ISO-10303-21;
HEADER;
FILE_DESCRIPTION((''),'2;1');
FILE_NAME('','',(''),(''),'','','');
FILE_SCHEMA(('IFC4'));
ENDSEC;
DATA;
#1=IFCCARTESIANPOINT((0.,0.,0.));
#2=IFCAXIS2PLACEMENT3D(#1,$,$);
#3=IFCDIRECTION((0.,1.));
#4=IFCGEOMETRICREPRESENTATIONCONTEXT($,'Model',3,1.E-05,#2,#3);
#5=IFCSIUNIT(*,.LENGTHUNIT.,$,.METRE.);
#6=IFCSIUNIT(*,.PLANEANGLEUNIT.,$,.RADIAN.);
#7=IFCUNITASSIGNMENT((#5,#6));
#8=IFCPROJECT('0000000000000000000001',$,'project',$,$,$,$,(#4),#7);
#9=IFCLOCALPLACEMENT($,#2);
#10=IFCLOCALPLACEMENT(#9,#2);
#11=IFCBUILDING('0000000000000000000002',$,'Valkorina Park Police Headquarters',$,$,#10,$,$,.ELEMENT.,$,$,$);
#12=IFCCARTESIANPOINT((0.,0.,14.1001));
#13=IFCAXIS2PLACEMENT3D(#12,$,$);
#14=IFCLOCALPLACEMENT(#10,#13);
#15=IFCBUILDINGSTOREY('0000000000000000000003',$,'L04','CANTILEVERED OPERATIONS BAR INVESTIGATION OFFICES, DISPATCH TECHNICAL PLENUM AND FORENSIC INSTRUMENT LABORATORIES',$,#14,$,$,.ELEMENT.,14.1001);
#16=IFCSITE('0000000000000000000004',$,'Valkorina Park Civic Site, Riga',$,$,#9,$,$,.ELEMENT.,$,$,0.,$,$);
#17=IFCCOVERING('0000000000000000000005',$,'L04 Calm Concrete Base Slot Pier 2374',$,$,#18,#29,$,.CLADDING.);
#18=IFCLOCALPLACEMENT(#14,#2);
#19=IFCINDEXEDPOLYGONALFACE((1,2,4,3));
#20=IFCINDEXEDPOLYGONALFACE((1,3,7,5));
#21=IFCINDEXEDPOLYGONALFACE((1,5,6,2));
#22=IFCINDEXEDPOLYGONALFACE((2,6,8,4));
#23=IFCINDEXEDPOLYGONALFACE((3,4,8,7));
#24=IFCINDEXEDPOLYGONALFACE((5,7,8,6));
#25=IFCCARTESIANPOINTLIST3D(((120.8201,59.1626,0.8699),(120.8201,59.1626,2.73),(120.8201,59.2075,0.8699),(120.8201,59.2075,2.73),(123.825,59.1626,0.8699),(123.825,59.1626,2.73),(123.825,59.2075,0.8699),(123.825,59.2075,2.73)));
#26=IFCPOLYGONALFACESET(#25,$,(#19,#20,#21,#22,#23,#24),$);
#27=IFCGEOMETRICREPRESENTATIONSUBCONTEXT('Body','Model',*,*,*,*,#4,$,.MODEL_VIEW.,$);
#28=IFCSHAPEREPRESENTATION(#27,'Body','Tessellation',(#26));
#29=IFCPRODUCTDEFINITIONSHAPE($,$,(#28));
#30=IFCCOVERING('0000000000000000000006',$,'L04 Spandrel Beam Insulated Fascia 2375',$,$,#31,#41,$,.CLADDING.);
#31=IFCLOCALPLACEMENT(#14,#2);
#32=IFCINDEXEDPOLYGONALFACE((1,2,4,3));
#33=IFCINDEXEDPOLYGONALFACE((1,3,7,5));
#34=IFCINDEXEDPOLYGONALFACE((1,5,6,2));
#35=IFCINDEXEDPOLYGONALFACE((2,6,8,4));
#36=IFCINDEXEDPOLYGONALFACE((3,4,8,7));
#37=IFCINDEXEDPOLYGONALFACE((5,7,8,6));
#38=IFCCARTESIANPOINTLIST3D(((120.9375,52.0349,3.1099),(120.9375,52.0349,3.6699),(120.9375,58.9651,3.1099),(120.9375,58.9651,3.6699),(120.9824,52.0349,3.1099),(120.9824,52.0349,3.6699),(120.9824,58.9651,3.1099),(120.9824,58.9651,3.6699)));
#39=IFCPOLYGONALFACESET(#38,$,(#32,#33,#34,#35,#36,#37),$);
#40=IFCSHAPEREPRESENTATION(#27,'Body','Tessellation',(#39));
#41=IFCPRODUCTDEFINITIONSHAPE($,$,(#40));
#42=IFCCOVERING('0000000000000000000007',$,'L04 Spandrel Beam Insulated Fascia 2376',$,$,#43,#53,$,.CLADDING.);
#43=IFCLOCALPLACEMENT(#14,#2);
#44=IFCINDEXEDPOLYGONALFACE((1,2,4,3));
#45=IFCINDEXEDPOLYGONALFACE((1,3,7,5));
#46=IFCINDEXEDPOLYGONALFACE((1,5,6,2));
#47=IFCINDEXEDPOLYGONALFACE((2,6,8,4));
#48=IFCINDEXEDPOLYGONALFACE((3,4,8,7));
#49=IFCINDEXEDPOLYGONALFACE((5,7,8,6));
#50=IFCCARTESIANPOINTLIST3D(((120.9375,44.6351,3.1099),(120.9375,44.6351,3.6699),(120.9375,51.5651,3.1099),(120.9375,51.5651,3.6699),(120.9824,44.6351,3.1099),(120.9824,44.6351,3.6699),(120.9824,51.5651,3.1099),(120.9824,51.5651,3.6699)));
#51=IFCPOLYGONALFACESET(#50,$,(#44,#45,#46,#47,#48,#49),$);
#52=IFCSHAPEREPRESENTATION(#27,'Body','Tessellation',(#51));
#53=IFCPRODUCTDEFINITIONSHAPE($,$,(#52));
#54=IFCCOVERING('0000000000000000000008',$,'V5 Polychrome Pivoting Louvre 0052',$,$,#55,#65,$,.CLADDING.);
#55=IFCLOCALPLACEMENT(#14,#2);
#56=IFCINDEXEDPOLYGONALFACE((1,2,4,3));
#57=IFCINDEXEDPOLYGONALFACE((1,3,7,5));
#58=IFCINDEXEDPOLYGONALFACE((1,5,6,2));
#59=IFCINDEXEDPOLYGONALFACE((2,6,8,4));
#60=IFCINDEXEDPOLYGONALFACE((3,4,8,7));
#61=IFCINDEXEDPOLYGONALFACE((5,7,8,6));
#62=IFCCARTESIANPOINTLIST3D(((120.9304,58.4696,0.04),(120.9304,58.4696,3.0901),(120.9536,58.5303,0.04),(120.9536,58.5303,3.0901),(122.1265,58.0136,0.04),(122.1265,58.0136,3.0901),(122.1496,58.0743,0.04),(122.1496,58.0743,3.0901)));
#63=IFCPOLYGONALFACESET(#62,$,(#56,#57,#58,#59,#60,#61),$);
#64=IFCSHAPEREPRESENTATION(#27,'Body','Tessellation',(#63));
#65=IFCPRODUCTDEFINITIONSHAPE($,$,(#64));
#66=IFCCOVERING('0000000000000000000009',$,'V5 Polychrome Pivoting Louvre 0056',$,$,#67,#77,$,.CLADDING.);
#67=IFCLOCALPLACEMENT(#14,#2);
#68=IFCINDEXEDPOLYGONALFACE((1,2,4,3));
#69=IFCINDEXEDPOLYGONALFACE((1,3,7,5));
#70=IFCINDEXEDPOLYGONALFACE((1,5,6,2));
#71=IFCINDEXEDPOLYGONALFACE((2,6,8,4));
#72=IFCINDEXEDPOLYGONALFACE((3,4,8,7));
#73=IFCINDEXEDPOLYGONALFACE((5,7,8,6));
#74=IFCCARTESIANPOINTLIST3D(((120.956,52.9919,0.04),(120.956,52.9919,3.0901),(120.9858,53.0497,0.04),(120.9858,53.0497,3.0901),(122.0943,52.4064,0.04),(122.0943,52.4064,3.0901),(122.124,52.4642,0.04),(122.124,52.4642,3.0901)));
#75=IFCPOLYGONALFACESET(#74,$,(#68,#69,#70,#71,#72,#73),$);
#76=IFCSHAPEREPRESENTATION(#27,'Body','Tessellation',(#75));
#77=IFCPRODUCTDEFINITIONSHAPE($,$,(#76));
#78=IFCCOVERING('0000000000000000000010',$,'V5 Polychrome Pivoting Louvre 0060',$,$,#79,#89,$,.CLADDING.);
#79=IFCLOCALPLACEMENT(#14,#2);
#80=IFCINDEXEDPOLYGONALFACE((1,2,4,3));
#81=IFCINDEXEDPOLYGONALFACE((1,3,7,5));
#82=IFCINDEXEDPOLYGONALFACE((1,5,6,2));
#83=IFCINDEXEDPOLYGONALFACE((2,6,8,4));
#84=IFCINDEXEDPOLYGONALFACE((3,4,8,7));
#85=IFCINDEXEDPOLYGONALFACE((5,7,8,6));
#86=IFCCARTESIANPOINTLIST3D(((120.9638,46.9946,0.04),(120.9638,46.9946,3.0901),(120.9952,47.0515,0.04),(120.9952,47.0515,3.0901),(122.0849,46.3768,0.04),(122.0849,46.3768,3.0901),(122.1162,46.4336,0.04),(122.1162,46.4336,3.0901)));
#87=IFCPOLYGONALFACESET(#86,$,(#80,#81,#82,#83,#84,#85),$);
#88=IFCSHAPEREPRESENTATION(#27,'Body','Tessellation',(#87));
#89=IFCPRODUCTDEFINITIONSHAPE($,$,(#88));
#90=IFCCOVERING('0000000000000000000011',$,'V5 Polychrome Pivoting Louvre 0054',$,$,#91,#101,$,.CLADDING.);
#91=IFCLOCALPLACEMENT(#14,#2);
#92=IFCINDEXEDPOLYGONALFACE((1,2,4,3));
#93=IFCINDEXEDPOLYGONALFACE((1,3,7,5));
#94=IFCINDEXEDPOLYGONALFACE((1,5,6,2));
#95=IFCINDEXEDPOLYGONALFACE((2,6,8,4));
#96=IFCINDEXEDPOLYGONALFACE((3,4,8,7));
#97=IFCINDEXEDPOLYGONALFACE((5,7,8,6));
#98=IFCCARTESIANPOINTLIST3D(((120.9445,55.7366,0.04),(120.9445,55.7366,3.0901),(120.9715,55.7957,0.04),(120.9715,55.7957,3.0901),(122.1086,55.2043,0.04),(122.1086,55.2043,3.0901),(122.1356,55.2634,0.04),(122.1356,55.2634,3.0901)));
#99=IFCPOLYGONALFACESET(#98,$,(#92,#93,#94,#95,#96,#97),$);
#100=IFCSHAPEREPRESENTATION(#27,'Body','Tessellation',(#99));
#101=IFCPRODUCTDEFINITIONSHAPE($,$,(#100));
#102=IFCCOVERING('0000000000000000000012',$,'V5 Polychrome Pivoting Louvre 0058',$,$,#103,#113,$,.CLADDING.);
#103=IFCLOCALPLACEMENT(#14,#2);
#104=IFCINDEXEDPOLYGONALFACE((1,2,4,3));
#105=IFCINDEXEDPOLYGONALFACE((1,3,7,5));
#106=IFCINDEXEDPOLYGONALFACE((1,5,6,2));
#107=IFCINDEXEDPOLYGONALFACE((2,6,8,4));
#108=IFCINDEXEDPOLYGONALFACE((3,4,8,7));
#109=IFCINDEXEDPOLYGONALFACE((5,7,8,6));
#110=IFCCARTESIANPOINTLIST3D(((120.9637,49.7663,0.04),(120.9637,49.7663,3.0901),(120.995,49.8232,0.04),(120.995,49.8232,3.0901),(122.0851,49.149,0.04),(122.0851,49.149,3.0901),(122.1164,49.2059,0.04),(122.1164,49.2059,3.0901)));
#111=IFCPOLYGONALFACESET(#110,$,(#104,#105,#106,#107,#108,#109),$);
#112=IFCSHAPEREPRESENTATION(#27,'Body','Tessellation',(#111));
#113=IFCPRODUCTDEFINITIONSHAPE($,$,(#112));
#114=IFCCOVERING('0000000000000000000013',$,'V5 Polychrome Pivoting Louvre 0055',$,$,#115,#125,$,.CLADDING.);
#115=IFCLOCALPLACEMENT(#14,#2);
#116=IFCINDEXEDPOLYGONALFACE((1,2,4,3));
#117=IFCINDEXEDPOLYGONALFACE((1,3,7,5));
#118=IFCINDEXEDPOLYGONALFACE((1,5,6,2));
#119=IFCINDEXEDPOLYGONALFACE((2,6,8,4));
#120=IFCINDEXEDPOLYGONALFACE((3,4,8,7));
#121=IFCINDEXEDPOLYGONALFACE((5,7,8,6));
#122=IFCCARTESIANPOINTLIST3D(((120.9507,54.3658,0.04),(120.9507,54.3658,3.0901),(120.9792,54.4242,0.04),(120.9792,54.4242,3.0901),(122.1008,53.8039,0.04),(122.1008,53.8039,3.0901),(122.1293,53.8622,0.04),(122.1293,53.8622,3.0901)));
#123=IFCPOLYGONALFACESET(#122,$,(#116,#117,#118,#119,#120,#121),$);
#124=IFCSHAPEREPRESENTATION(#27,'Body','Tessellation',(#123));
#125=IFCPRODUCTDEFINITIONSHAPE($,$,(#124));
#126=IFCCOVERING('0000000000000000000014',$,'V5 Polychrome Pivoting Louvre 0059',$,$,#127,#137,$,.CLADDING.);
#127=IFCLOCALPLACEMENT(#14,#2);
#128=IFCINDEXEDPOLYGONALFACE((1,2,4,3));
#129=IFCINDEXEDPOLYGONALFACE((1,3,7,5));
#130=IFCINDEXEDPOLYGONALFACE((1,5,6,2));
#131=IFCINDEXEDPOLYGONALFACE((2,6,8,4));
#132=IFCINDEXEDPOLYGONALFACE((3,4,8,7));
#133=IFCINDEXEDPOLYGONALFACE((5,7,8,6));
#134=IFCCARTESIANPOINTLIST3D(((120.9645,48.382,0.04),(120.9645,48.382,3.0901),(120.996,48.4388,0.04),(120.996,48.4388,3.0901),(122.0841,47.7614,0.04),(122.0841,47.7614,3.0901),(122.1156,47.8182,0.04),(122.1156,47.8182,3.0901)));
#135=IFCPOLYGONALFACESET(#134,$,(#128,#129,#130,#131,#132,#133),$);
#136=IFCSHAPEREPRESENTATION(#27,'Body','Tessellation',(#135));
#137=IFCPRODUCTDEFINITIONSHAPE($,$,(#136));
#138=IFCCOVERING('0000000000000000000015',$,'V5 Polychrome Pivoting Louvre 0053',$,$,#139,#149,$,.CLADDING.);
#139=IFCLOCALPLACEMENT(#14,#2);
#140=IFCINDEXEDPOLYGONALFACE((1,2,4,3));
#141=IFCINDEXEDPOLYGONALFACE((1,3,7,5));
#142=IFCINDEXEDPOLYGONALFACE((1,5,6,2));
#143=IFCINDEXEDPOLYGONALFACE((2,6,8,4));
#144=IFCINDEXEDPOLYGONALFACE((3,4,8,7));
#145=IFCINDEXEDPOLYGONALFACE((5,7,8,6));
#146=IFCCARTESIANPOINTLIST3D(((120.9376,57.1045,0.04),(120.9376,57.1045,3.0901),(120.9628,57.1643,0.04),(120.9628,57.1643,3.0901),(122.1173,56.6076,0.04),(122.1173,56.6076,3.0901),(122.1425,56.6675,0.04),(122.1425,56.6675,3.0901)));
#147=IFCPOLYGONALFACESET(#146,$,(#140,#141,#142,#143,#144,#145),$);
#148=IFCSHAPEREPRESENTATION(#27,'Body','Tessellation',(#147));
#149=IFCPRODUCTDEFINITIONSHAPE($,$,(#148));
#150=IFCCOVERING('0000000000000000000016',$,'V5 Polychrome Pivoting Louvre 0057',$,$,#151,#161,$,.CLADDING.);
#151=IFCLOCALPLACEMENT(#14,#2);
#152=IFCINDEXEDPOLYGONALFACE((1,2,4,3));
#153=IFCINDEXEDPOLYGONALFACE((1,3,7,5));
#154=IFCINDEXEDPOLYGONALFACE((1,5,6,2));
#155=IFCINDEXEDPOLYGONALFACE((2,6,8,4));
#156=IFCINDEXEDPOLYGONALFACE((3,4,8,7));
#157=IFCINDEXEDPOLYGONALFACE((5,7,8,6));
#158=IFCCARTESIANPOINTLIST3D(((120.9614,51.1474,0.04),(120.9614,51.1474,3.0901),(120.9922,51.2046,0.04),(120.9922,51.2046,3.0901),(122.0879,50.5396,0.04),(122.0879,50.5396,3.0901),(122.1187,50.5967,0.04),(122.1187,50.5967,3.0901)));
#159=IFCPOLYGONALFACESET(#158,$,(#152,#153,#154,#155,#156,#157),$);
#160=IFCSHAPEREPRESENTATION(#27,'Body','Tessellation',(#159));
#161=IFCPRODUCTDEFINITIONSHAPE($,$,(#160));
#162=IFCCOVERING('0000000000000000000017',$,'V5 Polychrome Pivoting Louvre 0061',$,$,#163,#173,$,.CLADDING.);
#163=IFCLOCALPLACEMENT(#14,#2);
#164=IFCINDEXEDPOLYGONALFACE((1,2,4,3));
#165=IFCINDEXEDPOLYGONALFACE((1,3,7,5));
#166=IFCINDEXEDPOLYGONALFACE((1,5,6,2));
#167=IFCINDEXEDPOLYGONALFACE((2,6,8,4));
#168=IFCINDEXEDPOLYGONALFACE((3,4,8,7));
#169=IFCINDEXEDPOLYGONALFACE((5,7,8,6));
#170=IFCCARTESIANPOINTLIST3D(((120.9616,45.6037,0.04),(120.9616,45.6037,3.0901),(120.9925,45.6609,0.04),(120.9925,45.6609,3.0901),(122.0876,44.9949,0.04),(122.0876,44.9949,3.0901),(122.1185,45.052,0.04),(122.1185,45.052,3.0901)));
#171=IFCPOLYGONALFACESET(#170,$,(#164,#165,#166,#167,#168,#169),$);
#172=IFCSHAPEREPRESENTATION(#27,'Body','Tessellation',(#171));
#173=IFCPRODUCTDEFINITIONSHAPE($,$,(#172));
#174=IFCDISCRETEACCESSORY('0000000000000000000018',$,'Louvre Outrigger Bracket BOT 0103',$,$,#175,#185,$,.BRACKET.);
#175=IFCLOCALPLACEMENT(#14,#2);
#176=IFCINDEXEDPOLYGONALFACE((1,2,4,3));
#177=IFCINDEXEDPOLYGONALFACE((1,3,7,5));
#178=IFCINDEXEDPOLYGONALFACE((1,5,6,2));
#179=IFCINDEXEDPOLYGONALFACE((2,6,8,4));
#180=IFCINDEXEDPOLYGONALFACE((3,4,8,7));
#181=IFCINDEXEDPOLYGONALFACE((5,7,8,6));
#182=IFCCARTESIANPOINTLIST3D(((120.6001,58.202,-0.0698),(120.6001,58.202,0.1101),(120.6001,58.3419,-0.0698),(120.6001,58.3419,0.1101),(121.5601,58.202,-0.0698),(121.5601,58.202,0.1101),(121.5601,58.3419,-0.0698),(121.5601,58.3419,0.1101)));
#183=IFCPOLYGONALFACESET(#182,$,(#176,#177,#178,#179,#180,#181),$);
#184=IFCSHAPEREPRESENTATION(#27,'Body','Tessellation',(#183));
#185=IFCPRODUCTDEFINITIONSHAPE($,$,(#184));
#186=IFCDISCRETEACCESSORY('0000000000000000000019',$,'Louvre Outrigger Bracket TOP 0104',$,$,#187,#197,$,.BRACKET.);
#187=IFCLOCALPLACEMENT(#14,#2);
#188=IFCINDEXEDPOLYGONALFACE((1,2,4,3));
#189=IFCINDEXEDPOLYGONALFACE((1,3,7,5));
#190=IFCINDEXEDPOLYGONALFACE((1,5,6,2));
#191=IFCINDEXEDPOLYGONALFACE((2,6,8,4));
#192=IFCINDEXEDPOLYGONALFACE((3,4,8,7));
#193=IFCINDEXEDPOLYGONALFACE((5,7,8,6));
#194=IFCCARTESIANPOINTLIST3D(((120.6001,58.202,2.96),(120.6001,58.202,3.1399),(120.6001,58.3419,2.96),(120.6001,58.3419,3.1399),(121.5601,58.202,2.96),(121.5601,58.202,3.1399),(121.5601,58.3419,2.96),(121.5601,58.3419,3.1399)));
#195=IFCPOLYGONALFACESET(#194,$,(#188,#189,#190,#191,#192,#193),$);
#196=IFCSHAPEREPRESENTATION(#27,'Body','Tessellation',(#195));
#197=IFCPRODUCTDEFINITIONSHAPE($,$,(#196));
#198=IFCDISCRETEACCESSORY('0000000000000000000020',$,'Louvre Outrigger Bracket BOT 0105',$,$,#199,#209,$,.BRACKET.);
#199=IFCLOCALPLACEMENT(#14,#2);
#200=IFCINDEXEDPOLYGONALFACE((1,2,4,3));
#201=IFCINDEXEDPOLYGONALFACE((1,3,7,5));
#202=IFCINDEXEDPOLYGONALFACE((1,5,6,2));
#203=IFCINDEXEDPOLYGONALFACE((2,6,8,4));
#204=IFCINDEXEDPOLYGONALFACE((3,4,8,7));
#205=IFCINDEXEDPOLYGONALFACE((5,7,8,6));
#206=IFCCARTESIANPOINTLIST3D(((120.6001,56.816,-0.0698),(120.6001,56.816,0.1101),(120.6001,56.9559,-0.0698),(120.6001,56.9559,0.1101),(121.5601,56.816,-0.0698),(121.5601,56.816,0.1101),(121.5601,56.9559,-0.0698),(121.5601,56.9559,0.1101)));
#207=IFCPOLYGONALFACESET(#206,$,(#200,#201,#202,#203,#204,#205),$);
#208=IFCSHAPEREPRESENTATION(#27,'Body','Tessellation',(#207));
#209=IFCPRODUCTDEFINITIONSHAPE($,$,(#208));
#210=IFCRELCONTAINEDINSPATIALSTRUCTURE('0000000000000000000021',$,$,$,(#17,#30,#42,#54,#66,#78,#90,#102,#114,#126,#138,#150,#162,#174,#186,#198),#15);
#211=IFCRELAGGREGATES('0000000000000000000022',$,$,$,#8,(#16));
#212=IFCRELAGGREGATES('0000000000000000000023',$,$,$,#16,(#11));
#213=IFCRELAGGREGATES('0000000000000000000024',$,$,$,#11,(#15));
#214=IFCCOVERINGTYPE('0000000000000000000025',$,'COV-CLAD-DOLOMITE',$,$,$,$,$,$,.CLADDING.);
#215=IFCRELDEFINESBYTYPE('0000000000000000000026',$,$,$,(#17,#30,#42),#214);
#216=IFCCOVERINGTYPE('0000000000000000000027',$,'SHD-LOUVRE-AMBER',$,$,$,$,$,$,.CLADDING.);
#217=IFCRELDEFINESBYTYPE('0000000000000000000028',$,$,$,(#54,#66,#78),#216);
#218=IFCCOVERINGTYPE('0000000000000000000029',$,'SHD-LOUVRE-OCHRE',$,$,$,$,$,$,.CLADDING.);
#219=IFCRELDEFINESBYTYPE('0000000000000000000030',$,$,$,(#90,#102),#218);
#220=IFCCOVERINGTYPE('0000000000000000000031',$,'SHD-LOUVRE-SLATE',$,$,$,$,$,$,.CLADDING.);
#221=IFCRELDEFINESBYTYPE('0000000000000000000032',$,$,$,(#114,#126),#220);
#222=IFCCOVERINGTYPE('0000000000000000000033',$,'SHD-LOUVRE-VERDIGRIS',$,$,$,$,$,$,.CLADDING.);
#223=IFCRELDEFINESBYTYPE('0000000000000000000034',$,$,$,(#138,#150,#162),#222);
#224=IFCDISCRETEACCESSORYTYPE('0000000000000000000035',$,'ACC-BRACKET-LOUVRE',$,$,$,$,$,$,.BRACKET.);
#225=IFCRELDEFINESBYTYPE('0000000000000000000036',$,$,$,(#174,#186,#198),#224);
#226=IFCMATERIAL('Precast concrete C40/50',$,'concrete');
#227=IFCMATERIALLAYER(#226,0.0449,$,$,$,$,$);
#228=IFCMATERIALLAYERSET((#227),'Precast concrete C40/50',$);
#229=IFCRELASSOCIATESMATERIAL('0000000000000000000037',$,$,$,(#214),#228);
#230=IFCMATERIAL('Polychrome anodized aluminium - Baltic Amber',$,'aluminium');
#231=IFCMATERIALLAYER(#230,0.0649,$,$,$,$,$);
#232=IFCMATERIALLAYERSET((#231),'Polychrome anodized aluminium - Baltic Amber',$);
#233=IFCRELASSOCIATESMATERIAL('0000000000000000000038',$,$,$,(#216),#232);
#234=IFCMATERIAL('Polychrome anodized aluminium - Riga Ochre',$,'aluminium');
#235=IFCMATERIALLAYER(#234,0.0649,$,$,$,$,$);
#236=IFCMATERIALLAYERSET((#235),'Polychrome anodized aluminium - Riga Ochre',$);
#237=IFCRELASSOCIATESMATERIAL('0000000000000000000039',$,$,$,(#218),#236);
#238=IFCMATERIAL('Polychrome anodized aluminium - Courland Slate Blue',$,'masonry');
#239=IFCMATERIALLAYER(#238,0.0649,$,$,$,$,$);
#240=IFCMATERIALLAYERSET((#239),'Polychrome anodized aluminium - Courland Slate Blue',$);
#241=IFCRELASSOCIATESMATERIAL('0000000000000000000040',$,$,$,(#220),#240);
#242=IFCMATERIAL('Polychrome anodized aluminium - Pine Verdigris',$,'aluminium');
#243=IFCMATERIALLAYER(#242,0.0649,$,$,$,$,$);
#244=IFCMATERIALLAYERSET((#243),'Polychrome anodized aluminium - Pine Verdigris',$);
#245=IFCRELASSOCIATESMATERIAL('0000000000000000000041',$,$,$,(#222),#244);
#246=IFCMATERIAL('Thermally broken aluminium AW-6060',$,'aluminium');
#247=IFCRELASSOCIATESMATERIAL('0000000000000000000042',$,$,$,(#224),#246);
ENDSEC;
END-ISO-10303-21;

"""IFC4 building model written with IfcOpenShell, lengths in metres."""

from ifc_helpers import new_model, si_unit, direction, frame, frame_2d, origin, origin_2d, place, context, subcontext, project, spatial, rectangle, extrude, material, layer, layer_set, type_object, element, save


model = new_model("IFC4")

# Units and contexts
model_context = context("Model", 3, precision=1e-05, world=origin(), true_north=direction((0.0, 1.0)))
body_context = subcontext(model_context, "Body", "Model", "MODEL_VIEW")
ifc_project = project(units=[si_unit("LENGTHUNIT", "METRE"), si_unit("PLANEANGLEUNIT", "RADIAN")], contexts=[model_context])

# Site, building, storey
site_placement = place(None, origin())
site = spatial("IfcSite", under=ifc_project, at=site_placement, Name="Valkorina Park Civic Site, Riga", CompositionType="ELEMENT", RefElevation=0.0)
building_placement = place(site_placement, origin())
building = spatial("IfcBuilding", under=site, at=building_placement, Name="Valkorina Park Police Headquarters", CompositionType="ELEMENT")
storey_placement = place(building_placement, frame((0.0, 0.0, 14.1001)))
storey = spatial("IfcBuildingStorey", under=building, at=storey_placement, Name="L04", Description="CANTILEVERED OPERATIONS BAR INVESTIGATION OFFICES, DISPATCH TECHNICAL PLENUM AND FORENSIC INSTRUMENT LABORATORIES", CompositionType="ELEMENT", Elevation=14.1001)

# Coverings
ifc_material_1 = material(Name="Precast concrete C40/50", Category="concrete")
ifc_layer_1 = layer(ifc_material_1, 0.0449)
ifc_layer_set_1 = layer_set([ifc_layer_1], Name="Precast concrete C40/50")
covering_type_1 = type_object("IfcCoveringType", Name="COV-CLAD-DOLOMITE", PredefinedType="CLADDING", material=ifc_layer_set_1)
covering_1_placement = place(storey_placement, frame((123.825, 59.1851, 0.8699), z_axis=(0.0, 0.0, 1.0), x_axis=(-1.0, 0.0, 0.0)))
element("IfcCovering", 1, at=covering_1_placement, inside=storey, type_object=covering_type_1, Name="L04 Calm Concrete Base Slot Pier 2374", PredefinedType="CLADDING", context=body_context, shape_type="SweptSolid", body=[
    extrude(rectangle(XDim=3.0049, YDim=0.0449, at=frame_2d((1.5024, 0.0))), origin(), (0.0, 0.0, 1.0), 1.8601),
])
covering_2_placement = place(storey_placement, frame((120.96, 58.9651, 3.1099), z_axis=(0.0, 0.0, 1.0), x_axis=(0.0, -1.0, 0.0)))
element("IfcCovering", 2, at=covering_2_placement, inside=storey, type_object=covering_type_1, Name="L04 Spandrel Beam Insulated Fascia 2375", PredefinedType="CLADDING", context=body_context, shape_type="SweptSolid", body=[
    extrude(rectangle(XDim=6.9302, YDim=0.0449, at=frame_2d((3.4651, 0.0))), origin(), (0.0, 0.0, 1.0), 0.5601),
])
covering_3_placement = place(storey_placement, frame((120.96, 51.5649, 3.1099), z_axis=(0.0, 0.0, 1.0), x_axis=(0.0, -1.0, 0.0)))
element("IfcCovering", 3, at=covering_3_placement, inside=storey, type_object=covering_type_1, Name="L04 Spandrel Beam Insulated Fascia 2376", PredefinedType="CLADDING", context=body_context, shape_type="SweptSolid", body=[
    extrude(rectangle(XDim=6.9299, YDim=0.0449, at=frame_2d((3.4648, 0.0))), origin(), (0.0, 0.0, 1.0), 0.5601),
])
ifc_material_2 = material(Name="Polychrome anodized aluminium - Baltic Amber", Category="aluminium")
ifc_layer_2 = layer(ifc_material_2, 0.0649)
ifc_layer_set_2 = layer_set([ifc_layer_2], Name="Polychrome anodized aluminium - Baltic Amber")
covering_type_2 = type_object("IfcCoveringType", Name="SHD-LOUVRE-AMBER", PredefinedType="CLADDING", material=ifc_layer_set_2)
for number, where, z_axis, x_axis, name in (
    (4, (121.54, 58.272, 0.04), (0.0, 0.0, 1.0), (0.934391, -0.356249, 0.0), "V5 Polychrome Pivoting Louvre 0052"),
    (5, (121.54, 52.728, 0.04), (0.0, 0.0, 1.0), (0.889257, -0.457408, 0.0), "V5 Polychrome Pivoting Louvre 0056"),
    (6, (121.54, 46.7141, 0.04), (0.0, 0.0, 1.0), (0.875802, -0.482671, 0.0), "V5 Polychrome Pivoting Louvre 0060"),
):
    element("IfcCovering", number, at=place(storey_placement, frame(where, z_axis=z_axis, x_axis=x_axis)), inside=storey, type_object=covering_type_2, Name=name, PredefinedType="CLADDING", context=body_context, shape_type="SweptSolid", body=[
        extrude(rectangle(XDim=1.28, YDim=0.0649, at=origin_2d()), origin(), (0.0, 0.0, 1.0), 3.05),
    ])
ifc_material_3 = material(Name="Polychrome anodized aluminium - Riga Ochre", Category="aluminium")
ifc_layer_3 = layer(ifc_material_3, 0.0649)
ifc_layer_set_3 = layer_set([ifc_layer_3], Name="Polychrome anodized aluminium - Riga Ochre")
covering_type_3 = type_object("IfcCoveringType", Name="SHD-LOUVRE-OCHRE", PredefinedType="CLADDING", material=ifc_layer_set_3)
for number, where, z_axis, x_axis, name in (
    (7, (121.54, 55.5, 0.04), (0.0, 0.0, 1.0), (0.909454, -0.415805, 0.0), "V5 Polychrome Pivoting Louvre 0054"),
    (8, (121.54, 49.4861, 0.04), (0.0, 0.0, 1.0), (0.876054, -0.482212, 0.0), "V5 Polychrome Pivoting Louvre 0058"),
):
    element("IfcCovering", number, at=place(storey_placement, frame(where, z_axis=z_axis, x_axis=x_axis)), inside=storey, type_object=covering_type_3, Name=name, PredefinedType="CLADDING", context=body_context, shape_type="SweptSolid", body=[
        extrude(rectangle(XDim=1.28, YDim=0.0649, at=origin_2d()), origin(), (0.0, 0.0, 1.0), 3.05),
    ])
ifc_material_4 = material(Name="Polychrome anodized aluminium - Courland Slate Blue", Category="masonry")
ifc_layer_4 = layer(ifc_material_4, 0.0649)
ifc_layer_set_4 = layer_set([ifc_layer_4], Name="Polychrome anodized aluminium - Courland Slate Blue")
covering_type_4 = type_object("IfcCoveringType", Name="SHD-LOUVRE-SLATE", PredefinedType="CLADDING", material=ifc_layer_set_4)
for number, where, z_axis, x_axis, name in (
    (9, (121.54, 54.114, 0.04), (0.0, 0.0, 1.0), (0.898488, -0.438999, 0.0), "V5 Polychrome Pivoting Louvre 0055"),
    (10, (121.54, 48.1001, 0.04), (0.0, 0.0, 1.0), (0.87462, -0.48481, 0.0), "V5 Polychrome Pivoting Louvre 0059"),
):
    element("IfcCovering", number, at=place(storey_placement, frame(where, z_axis=z_axis, x_axis=x_axis)), inside=storey, type_object=covering_type_4, Name=name, PredefinedType="CLADDING", context=body_context, shape_type="SweptSolid", body=[
        extrude(rectangle(XDim=1.28, YDim=0.0649, at=origin_2d()), origin(), (0.0, 0.0, 1.0), 3.05),
    ])
ifc_material_5 = material(Name="Polychrome anodized aluminium - Pine Verdigris", Category="aluminium")
ifc_layer_5 = layer(ifc_material_5, 0.0649)
ifc_layer_set_5 = layer_set([ifc_layer_5], Name="Polychrome anodized aluminium - Pine Verdigris")
covering_type_5 = type_object("IfcCoveringType", Name="SHD-LOUVRE-VERDIGRIS", PredefinedType="CLADDING", material=ifc_layer_set_5)
for number, where, z_axis, x_axis, name in (
    (11, (121.54, 56.886, 0.04), (0.0, 0.0, 1.0), (0.921592, -0.388159, 0.0), "V5 Polychrome Pivoting Louvre 0053"),
    (12, (121.54, 50.8721, 0.04), (0.0, 0.0, 1.0), (0.880063, -0.474856, 0.0), "V5 Polychrome Pivoting Louvre 0057"),
    (13, (121.54, 45.3279, 0.04), (0.0, 0.0, 1.0), (0.879649, -0.475624, 0.0), "V5 Polychrome Pivoting Louvre 0061"),
):
    element("IfcCovering", number, at=place(storey_placement, frame(where, z_axis=z_axis, x_axis=x_axis)), inside=storey, type_object=covering_type_5, Name=name, PredefinedType="CLADDING", context=body_context, shape_type="SweptSolid", body=[
        extrude(rectangle(XDim=1.28, YDim=0.0649, at=origin_2d()), origin(), (0.0, 0.0, 1.0), 3.05),
    ])

# Discrete accessories
ifc_material_6 = material(Name="Thermally broken aluminium AW-6060", Category="aluminium")
discrete_accessory_type = type_object("IfcDiscreteAccessoryType", Name="ACC-BRACKET-LOUVRE", PredefinedType="BRACKET", material=ifc_material_6)
for number, where, z_axis, x_axis, name in (
    (14, (121.0801, 58.272, -0.0698), (0.0, 0.0, 1.0), (1.0, 0.0, 0.0), "Louvre Outrigger Bracket BOT 0103"),
    (15, (121.0801, 58.272, 2.96), (0.0, 0.0, 1.0), (1.0, 0.0, 0.0), "Louvre Outrigger Bracket TOP 0104"),
    (16, (121.0801, 56.886, -0.0698), (0.0, 0.0, 1.0), (1.0, 0.0, 0.0), "Louvre Outrigger Bracket BOT 0105"),
):
    element("IfcDiscreteAccessory", number, at=place(storey_placement, frame(where, z_axis=z_axis, x_axis=x_axis)), inside=storey, type_object=discrete_accessory_type, Name=name, PredefinedType="BRACKET", context=body_context, shape_type="SweptSolid", body=[
        extrude(rectangle(XDim=0.96, YDim=0.1399, at=origin_2d()), origin(), (0.0, 0.0, 1.0), 0.1799),
    ])

save(model, "model.ifc")
